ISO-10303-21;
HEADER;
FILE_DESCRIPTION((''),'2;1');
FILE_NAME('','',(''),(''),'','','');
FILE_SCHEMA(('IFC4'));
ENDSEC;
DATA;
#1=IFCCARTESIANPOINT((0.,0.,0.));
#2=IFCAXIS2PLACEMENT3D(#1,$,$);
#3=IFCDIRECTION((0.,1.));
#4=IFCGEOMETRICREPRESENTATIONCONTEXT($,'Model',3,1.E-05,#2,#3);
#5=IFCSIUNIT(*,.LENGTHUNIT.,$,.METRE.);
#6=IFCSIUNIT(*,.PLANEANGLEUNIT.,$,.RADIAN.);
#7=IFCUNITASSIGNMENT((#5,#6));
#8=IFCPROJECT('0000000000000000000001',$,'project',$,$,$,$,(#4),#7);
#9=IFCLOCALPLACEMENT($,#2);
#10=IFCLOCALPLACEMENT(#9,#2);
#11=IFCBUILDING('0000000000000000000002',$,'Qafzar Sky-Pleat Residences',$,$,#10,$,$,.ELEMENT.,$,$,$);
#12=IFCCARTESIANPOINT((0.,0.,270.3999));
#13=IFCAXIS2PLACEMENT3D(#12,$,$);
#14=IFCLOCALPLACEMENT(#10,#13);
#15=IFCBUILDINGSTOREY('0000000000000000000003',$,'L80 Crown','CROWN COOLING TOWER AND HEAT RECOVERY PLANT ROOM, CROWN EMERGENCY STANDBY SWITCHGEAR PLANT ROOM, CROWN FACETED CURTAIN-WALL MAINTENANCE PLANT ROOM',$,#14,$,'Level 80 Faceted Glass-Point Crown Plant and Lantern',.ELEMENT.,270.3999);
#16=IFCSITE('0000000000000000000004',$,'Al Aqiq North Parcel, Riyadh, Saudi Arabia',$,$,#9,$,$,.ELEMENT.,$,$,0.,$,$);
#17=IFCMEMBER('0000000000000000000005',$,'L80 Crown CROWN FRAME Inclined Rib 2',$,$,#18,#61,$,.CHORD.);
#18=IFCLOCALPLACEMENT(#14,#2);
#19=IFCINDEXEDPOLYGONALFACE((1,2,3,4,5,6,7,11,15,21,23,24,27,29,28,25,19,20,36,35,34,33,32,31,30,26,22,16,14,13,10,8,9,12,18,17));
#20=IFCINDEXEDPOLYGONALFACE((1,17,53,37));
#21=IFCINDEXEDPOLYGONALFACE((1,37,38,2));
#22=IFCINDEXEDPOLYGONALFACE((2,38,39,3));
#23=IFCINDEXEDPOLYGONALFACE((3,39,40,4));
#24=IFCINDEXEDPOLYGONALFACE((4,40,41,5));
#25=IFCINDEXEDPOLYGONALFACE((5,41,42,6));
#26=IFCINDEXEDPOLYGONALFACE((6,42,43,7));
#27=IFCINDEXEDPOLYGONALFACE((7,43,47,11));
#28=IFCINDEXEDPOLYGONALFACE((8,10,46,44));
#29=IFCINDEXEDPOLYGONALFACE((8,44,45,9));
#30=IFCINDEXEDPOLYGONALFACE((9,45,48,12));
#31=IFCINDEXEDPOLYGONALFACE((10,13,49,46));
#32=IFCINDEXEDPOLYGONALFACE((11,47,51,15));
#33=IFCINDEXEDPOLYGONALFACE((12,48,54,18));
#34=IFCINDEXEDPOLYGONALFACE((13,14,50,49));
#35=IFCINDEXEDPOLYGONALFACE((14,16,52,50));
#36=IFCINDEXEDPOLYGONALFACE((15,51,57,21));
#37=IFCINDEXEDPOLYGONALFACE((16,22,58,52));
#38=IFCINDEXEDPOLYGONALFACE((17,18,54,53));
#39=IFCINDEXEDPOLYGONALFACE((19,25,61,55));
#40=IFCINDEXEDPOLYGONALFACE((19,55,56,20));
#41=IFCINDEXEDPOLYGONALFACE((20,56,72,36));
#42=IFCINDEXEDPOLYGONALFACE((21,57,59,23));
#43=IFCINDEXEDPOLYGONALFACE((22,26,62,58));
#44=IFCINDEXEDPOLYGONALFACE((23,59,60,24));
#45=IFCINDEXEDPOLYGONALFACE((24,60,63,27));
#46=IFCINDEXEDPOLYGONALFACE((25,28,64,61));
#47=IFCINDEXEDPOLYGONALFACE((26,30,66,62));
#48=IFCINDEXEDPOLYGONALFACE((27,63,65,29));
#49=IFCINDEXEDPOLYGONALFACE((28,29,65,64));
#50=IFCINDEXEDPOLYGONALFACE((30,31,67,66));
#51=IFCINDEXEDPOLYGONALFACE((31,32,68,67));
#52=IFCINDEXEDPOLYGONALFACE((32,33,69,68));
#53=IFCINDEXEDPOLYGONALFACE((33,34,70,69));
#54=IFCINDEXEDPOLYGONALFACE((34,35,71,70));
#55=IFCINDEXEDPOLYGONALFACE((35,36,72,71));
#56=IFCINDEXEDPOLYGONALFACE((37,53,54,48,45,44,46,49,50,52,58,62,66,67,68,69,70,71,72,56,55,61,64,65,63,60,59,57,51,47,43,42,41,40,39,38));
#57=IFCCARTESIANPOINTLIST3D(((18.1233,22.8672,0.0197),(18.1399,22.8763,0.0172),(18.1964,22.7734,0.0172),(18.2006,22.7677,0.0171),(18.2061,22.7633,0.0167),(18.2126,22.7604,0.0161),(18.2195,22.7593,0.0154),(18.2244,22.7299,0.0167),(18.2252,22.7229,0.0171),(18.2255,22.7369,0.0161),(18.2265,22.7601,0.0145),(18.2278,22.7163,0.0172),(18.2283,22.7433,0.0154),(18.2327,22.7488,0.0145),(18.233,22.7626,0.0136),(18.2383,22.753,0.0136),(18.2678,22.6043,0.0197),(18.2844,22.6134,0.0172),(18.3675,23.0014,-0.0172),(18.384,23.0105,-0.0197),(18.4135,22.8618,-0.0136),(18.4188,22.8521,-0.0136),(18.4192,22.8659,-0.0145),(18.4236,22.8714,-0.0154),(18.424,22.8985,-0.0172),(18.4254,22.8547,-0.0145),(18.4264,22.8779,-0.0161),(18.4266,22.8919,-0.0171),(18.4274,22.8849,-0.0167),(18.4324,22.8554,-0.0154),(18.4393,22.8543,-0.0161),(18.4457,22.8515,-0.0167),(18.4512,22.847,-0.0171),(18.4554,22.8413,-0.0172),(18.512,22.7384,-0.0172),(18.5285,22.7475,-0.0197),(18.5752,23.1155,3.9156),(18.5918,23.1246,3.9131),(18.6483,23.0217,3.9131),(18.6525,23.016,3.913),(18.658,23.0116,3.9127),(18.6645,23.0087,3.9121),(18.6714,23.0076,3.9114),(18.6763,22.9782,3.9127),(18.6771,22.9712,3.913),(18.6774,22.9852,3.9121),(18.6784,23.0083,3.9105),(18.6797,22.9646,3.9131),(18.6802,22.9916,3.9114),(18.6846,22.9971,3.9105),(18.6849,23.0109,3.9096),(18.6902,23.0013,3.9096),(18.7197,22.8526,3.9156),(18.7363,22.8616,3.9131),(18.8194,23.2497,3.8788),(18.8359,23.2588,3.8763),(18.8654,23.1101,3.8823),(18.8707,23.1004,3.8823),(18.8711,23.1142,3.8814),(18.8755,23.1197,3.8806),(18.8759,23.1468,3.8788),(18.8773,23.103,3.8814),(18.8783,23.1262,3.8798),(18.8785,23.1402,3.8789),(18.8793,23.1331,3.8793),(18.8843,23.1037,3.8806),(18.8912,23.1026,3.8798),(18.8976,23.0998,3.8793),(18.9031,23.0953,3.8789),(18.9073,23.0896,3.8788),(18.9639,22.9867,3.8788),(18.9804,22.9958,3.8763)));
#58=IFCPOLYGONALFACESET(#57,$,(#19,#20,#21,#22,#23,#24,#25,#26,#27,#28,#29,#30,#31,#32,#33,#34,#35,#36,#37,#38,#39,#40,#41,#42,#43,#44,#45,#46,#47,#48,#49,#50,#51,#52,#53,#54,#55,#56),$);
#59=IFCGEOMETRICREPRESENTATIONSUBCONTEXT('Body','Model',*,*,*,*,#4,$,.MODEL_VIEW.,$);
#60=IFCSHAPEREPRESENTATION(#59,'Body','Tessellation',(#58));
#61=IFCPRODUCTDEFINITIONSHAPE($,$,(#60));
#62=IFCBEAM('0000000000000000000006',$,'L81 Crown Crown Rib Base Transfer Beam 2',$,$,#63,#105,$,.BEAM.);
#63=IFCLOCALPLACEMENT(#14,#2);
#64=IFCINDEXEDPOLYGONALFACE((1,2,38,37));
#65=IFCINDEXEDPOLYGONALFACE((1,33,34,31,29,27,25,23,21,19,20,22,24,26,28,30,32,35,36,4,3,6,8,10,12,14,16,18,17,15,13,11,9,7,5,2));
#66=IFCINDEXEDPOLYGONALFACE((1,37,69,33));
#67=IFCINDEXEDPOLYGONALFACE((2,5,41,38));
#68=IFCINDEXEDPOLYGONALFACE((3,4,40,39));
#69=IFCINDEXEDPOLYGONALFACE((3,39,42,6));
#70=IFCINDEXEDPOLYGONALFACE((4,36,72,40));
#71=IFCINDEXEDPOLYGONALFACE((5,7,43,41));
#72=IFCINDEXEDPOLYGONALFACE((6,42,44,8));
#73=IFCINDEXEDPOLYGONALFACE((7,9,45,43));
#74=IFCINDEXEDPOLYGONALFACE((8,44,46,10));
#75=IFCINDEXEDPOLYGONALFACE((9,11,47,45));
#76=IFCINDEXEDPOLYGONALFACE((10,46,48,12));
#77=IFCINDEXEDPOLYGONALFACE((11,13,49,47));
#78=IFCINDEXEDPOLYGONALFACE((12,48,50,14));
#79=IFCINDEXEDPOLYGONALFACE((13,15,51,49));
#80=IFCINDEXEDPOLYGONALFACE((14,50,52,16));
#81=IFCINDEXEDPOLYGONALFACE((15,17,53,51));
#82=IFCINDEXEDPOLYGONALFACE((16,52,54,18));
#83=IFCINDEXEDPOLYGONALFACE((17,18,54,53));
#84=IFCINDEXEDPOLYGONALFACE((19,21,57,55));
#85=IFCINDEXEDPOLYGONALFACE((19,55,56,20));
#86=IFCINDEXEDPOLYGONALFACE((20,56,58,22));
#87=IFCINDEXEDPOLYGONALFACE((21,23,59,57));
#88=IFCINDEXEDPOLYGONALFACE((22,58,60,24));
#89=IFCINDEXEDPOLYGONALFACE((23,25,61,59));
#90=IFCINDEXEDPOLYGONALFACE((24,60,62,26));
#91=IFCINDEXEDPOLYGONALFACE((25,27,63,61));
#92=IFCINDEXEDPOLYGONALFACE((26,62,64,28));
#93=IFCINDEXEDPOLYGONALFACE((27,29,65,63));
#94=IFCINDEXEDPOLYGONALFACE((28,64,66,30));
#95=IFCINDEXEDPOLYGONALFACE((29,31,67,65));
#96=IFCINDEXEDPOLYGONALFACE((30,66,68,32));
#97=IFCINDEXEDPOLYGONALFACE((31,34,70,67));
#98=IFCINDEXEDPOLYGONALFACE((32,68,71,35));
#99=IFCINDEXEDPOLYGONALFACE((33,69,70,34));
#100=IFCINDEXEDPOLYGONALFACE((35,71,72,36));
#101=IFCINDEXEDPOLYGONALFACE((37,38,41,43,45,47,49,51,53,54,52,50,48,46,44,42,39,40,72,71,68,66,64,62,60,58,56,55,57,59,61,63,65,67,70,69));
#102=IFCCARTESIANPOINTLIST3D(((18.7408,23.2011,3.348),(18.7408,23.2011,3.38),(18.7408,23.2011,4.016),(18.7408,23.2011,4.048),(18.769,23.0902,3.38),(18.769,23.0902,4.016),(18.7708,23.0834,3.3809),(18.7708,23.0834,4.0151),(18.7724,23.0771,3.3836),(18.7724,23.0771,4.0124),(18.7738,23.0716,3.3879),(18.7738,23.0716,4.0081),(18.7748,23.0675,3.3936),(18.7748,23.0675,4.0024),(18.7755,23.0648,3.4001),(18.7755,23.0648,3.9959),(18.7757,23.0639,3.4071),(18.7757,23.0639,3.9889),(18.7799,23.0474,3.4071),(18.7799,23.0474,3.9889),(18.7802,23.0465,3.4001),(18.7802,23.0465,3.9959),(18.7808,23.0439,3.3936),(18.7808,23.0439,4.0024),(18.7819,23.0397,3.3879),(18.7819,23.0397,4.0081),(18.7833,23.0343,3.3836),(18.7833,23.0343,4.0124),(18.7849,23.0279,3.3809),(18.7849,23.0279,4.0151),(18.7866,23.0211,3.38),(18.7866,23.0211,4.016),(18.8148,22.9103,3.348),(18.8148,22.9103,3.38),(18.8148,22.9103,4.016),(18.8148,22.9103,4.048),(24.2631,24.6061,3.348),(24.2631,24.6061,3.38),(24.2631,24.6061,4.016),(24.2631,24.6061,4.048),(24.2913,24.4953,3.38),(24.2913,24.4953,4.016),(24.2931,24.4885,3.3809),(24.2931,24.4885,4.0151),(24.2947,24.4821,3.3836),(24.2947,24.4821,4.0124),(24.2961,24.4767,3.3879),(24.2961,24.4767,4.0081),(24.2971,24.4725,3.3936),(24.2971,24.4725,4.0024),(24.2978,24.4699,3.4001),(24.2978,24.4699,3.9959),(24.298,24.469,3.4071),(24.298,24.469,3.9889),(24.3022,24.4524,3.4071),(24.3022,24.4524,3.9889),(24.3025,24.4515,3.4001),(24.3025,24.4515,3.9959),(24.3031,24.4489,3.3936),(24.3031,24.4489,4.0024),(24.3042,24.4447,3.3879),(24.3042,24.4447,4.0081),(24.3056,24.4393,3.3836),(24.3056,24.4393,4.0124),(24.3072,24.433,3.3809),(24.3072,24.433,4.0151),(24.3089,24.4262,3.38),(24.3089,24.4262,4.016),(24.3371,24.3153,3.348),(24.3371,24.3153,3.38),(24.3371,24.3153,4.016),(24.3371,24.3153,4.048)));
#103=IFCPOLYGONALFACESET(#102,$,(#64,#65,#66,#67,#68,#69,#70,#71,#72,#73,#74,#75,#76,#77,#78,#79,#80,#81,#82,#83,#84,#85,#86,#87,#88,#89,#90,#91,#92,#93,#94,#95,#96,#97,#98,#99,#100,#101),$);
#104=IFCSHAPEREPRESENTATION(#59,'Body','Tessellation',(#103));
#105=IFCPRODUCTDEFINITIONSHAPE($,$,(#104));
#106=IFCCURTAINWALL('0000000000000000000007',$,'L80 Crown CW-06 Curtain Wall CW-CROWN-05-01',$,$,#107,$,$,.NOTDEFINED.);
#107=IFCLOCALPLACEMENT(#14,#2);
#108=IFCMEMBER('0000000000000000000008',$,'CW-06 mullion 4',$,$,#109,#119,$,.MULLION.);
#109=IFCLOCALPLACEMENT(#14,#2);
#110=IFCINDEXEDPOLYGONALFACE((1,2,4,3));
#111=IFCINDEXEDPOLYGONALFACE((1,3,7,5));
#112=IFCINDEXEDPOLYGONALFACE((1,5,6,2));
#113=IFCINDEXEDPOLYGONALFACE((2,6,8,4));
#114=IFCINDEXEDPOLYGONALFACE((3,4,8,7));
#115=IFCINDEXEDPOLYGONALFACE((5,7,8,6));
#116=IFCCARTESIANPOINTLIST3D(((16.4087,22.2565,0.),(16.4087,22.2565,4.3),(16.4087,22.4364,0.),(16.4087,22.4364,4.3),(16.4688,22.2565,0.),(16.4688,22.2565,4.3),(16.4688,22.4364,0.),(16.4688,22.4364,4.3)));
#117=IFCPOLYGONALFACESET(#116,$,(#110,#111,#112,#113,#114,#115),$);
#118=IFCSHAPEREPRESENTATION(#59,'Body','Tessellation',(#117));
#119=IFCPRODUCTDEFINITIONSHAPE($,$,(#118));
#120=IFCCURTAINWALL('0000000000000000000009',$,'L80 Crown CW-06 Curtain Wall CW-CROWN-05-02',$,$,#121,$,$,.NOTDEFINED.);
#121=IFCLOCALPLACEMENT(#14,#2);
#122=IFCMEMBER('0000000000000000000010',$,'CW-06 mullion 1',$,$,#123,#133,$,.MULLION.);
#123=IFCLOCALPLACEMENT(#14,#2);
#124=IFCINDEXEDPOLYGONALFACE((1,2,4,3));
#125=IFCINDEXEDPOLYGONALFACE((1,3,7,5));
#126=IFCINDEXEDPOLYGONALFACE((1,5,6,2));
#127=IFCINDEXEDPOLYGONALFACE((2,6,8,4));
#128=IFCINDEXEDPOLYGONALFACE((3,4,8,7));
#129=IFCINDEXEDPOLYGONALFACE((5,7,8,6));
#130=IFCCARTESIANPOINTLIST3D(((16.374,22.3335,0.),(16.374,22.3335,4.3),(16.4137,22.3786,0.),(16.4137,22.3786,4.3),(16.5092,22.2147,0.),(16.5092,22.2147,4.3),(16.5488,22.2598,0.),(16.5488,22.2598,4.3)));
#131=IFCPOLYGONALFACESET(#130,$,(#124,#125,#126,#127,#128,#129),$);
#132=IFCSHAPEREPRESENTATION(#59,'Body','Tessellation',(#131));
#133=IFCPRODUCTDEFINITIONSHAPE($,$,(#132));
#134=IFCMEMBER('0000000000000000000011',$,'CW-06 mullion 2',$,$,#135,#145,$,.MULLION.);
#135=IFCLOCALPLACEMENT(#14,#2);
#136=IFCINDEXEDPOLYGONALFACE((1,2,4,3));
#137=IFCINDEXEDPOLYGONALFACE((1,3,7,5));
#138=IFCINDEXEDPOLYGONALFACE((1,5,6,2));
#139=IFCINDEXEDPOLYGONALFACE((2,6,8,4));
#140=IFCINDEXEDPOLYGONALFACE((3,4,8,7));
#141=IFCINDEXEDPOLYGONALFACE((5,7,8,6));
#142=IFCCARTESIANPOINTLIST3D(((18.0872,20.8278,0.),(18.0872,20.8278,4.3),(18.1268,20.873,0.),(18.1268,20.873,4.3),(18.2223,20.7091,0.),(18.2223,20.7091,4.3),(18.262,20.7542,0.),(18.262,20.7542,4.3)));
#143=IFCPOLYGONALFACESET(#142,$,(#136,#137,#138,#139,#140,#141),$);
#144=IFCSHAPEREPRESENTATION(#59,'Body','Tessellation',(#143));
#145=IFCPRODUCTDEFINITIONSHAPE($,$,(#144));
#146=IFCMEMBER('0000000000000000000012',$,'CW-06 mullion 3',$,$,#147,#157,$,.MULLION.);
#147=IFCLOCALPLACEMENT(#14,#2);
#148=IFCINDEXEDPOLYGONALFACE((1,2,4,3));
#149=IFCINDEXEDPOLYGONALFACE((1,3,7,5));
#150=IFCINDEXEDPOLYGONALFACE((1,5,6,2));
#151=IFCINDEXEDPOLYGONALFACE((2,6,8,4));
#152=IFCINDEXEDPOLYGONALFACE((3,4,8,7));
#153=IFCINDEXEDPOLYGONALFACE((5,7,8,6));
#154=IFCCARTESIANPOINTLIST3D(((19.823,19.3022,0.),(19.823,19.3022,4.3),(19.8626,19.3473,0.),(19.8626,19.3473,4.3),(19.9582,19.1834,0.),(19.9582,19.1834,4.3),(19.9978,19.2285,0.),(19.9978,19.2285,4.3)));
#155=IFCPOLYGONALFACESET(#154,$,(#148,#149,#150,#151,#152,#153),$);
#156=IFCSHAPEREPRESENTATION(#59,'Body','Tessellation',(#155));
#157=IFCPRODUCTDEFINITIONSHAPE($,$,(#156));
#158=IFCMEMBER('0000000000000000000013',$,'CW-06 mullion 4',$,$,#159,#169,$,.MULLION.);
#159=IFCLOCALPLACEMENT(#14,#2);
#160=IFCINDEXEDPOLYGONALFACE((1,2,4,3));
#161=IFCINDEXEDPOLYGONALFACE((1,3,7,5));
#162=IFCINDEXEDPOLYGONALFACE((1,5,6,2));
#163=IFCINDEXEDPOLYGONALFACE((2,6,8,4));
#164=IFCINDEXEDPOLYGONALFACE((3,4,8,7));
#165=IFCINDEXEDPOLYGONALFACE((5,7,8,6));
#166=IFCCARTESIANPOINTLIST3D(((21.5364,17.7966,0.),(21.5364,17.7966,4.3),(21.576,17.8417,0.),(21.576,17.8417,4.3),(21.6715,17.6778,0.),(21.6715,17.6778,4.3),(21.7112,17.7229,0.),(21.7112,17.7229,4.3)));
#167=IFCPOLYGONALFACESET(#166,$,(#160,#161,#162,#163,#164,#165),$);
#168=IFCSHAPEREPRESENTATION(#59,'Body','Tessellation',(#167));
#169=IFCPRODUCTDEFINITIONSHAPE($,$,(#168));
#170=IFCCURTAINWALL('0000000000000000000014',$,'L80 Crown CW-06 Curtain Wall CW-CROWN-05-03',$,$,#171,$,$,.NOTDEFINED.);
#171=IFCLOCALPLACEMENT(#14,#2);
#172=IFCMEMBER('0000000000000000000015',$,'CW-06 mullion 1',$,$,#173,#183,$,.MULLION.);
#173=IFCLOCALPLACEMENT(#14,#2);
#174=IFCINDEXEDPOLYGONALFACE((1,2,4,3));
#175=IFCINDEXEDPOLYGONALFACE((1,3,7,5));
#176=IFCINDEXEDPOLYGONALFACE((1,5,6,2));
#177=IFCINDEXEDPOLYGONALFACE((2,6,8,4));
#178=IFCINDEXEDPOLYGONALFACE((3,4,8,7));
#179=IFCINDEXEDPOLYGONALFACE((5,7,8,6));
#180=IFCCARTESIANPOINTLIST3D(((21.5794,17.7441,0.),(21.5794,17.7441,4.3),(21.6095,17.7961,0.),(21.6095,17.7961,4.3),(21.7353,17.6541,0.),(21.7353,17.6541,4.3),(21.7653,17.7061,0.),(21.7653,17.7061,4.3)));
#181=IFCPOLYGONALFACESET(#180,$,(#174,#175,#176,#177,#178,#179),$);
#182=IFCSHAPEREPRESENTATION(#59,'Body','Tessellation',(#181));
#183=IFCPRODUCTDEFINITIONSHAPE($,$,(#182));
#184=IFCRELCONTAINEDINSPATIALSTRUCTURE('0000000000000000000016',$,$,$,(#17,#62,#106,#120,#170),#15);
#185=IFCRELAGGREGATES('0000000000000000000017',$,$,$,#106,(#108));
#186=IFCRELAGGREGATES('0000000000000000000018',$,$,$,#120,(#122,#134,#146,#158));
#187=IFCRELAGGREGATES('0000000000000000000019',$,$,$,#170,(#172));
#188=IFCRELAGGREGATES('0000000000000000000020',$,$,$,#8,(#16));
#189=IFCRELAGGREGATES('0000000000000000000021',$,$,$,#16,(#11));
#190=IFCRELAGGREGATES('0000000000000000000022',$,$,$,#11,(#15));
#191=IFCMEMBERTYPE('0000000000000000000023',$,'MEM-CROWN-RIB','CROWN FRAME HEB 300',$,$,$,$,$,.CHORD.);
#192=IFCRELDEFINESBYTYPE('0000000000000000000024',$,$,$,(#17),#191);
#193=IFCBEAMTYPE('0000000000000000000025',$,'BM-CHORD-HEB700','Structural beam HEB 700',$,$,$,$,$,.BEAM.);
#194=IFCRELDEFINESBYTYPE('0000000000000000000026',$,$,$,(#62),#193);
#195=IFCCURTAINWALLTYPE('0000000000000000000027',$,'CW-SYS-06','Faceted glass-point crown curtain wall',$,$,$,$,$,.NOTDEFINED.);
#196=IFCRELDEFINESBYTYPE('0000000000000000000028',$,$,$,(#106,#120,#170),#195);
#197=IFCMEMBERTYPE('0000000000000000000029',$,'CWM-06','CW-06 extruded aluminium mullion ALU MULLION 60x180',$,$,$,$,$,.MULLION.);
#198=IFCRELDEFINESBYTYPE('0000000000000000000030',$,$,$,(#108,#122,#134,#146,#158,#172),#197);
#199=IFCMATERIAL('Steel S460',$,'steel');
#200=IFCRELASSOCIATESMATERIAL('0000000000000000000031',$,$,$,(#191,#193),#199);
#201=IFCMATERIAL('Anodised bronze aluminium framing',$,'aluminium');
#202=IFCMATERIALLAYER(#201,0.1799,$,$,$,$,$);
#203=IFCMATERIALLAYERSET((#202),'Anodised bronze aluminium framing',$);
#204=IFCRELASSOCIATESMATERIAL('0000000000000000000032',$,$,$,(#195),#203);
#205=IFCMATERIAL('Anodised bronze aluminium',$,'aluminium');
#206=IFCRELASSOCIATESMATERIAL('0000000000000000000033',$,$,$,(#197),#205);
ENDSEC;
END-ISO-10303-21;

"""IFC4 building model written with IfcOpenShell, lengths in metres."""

from ifc_helpers import new_model, si_unit, direction, frame, origin, origin_2d, place, context, subcontext, project, spatial, rectangle, i_section, extrude, source, transform, mapped, material, layer, layer_set, material_profile, profile_set, type_object, element, aggregate, save


model = new_model("IFC4")

# Units and contexts
model_context = context("Model", 3, precision=1e-05, world=origin(), true_north=direction((0.0, 1.0)))
body_context = subcontext(model_context, "Body", "Model", "MODEL_VIEW")
ifc_project = project(units=[si_unit("LENGTHUNIT", "METRE"), si_unit("PLANEANGLEUNIT", "RADIAN")], contexts=[model_context])

# Site, building, storey
site_placement = place(None, origin())
site = spatial("IfcSite", under=ifc_project, at=site_placement, Name="Al Aqiq North Parcel, Riyadh, Saudi Arabia", CompositionType="ELEMENT", RefElevation=0.0)
building_placement = place(site_placement, origin())
building = spatial("IfcBuilding", under=site, at=building_placement, Name="Qafzar Sky-Pleat Residences", CompositionType="ELEMENT")
storey_placement = place(building_placement, frame((0.0, 0.0, 270.3999)))
storey = spatial("IfcBuildingStorey", under=building, at=storey_placement, Name="L80 Crown", Description="CROWN COOLING TOWER AND HEAT RECOVERY PLANT ROOM, CROWN EMERGENCY STANDBY SWITCHGEAR PLANT ROOM, CROWN FACETED CURTAIN-WALL MAINTENANCE PLANT ROOM", LongName="Level 80 Faceted Glass-Point Crown Plant and Lantern", CompositionType="ELEMENT", Elevation=270.3999)

# Member
ifc_material_1 = material(Name="Steel S460", Category="steel")
ifc_material_profile_1 = material_profile(ifc_material_1, i_section(OverallWidth=0.3, OverallDepth=0.3, WebThickness=0.011, FlangeThickness=0.019, FilletRadius=0.0271, at=origin_2d()), Name="HEB 300")
ifc_profile_set_1 = profile_set([ifc_material_profile_1], Name="Steel S460")
member_type_1 = type_object("IfcMemberType", Name="MEM-CROWN-RIB", Description="CROWN FRAME HEB 300", PredefinedType="CHORD", material=ifc_profile_set_1)
shared_shape_1 = source(origin(), body_context, "Body", "SweptSolid", [
    extrude(i_section(OverallWidth=0.3, OverallDepth=0.3, WebThickness=0.011, FlangeThickness=0.019, FilletRadius=0.0271, at=origin_2d()), origin(), (0.0, 0.0, 1.0), 3.9299),
])
member_1_placement = place(storey_placement, frame((18.3259, 22.8074, 0.0), z_axis=(0.114989, 0.063179, 0.991356), x_axis=(-0.481537, 0.876426, 0.0)))
element("IfcMember", 1, at=member_1_placement, inside=storey, type_object=member_type_1, Name="L80 Crown CROWN FRAME Inclined Rib 2", PredefinedType="CHORD", context=body_context, shape_type="MappedRepresentation", body=[
    mapped(shared_shape_1, transform((0.0, 0.0, 0.0), x_axis=(1.0, 0.0, 0.0), y_axis=(0.0, 1.0, 0.0), z_axis=(0.0, 0.0, 1.0), scale=1.0)),
])

# Beam
ifc_material_profile_2 = material_profile(ifc_material_1, i_section(OverallWidth=0.3, OverallDepth=0.7, WebThickness=0.0171, FlangeThickness=0.032, FilletRadius=0.0271, at=origin_2d()), Name="HEB 700")
ifc_profile_set_2 = profile_set([ifc_material_profile_2], Name="Steel S460")
beam_type = type_object("IfcBeamType", Name="BM-CHORD-HEB700", Description="Structural beam HEB 700", PredefinedType="BEAM", material=ifc_profile_set_2)
shared_shape_2 = source(origin(), body_context, "Body", "SweptSolid", [
    extrude(i_section(OverallWidth=0.3, OverallDepth=0.7, WebThickness=0.0171, FlangeThickness=0.032, FilletRadius=0.0271, at=origin_2d()), origin(), (0.0, 0.0, 1.0), 5.6982),
])
beam_placement = place(storey_placement, frame((18.7778, 23.0557, 3.698), z_axis=(0.969123, 0.246576, 0.0), x_axis=(-0.246576, 0.969123, 0.0)))
element("IfcBeam", 2, at=beam_placement, inside=storey, type_object=beam_type, Name="L81 Crown Crown Rib Base Transfer Beam 2", PredefinedType="BEAM", context=body_context, shape_type="MappedRepresentation", body=[
    mapped(shared_shape_2, transform((0.0, 0.0, 0.0), x_axis=(1.0, 0.0, 0.0), y_axis=(0.0, 1.0, 0.0), z_axis=(0.0, 0.0, 1.0), scale=1.0)),
])

# Curtain wall, member
ifc_material_2 = material(Name="Anodised bronze aluminium framing", Category="aluminium")
ifc_layer_1 = layer(ifc_material_2, 0.1799)
ifc_layer_set_1 = layer_set([ifc_layer_1], Name="Anodised bronze aluminium framing")
curtain_wall_type = type_object("IfcCurtainWallType", Name="CW-SYS-06", Description="Faceted glass-point crown curtain wall", PredefinedType="NOTDEFINED", material=ifc_layer_set_1)
curtain_wall_1_placement = place(storey_placement, origin())
curtain_wall_1 = element("IfcCurtainWall", 3, at=curtain_wall_1_placement, inside=storey, type_object=curtain_wall_type, Name="L80 Crown CW-06 Curtain Wall CW-CROWN-05-01", PredefinedType="NOTDEFINED")
ifc_material_3 = material(Name="Anodised bronze aluminium", Category="aluminium")
ifc_material_profile_3 = material_profile(ifc_material_3, rectangle(XDim=0.0601, YDim=0.1799, at=origin_2d()), Name="ALU MULLION 60x180")
ifc_profile_set_3 = profile_set([ifc_material_profile_3], Name="Anodised bronze aluminium")
member_type_2 = type_object("IfcMemberType", Name="CWM-06", Description="CW-06 extruded aluminium mullion ALU MULLION 60x180", PredefinedType="MULLION", material=ifc_profile_set_3)
shared_shape_3 = source(origin(), body_context, "Body", "SweptSolid", [
    extrude(rectangle(XDim=0.0601, YDim=0.1799, at=origin_2d()), origin(), (0.0, 0.0, 1.0), 4.3),
])
member_2_placement = place(storey_placement, frame((16.4387, 22.3464, 0.0), z_axis=(0.0, 0.0, 1.0), x_axis=(1.0, 0.0, 0.0)))
member_2 = element("IfcMember", 4, at=member_2_placement, type_object=member_type_2, Name="CW-06 mullion 4", PredefinedType="MULLION", context=body_context, shape_type="MappedRepresentation", body=[
    mapped(shared_shape_3, transform((0.0, 0.0, 0.0), x_axis=(1.0, 0.0, 0.0), y_axis=(0.0, 1.0, 0.0), z_axis=(0.0, 0.0, 1.0), scale=1.0)),
])

# Curtain wall, members
curtain_wall_2_placement = place(storey_placement, origin())
curtain_wall_2 = element("IfcCurtainWall", 5, at=curtain_wall_2_placement, inside=storey, type_object=curtain_wall_type, Name="L80 Crown CW-06 Curtain Wall CW-CROWN-05-02", PredefinedType="NOTDEFINED")
member_3_placement = place(storey_placement, frame((16.4614, 22.2966, 0.0), z_axis=(0.0, 0.0, 1.0), x_axis=(0.660132, 0.75115, 0.0)))
member_3 = element("IfcMember", 6, at=member_3_placement, type_object=member_type_2, Name="CW-06 mullion 1", PredefinedType="MULLION", context=body_context, shape_type="MappedRepresentation", body=[
    mapped(shared_shape_3, transform((0.0, 0.0, 0.0), x_axis=(1.0, 0.0, 0.0), y_axis=(0.0, 1.0, 0.0), z_axis=(0.0, 0.0, 1.0), scale=1.0)),
])
member_4_placement = place(storey_placement, frame((18.1746, 20.791, 0.0), z_axis=(0.0, 0.0, 1.0), x_axis=(0.660132, 0.75115, 0.0)))
member_4 = element("IfcMember", 7, at=member_4_placement, type_object=member_type_2, Name="CW-06 mullion 2", PredefinedType="MULLION", context=body_context, shape_type="MappedRepresentation", body=[
    mapped(shared_shape_3, transform((0.0, 0.0, 0.0), x_axis=(1.0, 0.0, 0.0), y_axis=(0.0, 1.0, 0.0), z_axis=(0.0, 0.0, 1.0), scale=1.0)),
])
member_5_placement = place(storey_placement, frame((19.9104, 19.2654, 0.0), z_axis=(0.0, 0.0, 1.0), x_axis=(0.660132, 0.75115, 0.0)))
member_5 = element("IfcMember", 8, at=member_5_placement, type_object=member_type_2, Name="CW-06 mullion 3", PredefinedType="MULLION", context=body_context, shape_type="MappedRepresentation", body=[
    mapped(shared_shape_3, transform((0.0, 0.0, 0.0), x_axis=(1.0, 0.0, 0.0), y_axis=(0.0, 1.0, 0.0), z_axis=(0.0, 0.0, 1.0), scale=1.0)),
])
member_6_placement = place(storey_placement, frame((21.6238, 17.7598, 0.0), z_axis=(0.0, 0.0, 1.0), x_axis=(0.660132, 0.75115, 0.0)))
member_6 = element("IfcMember", 9, at=member_6_placement, type_object=member_type_2, Name="CW-06 mullion 4", PredefinedType="MULLION", context=body_context, shape_type="MappedRepresentation", body=[
    mapped(shared_shape_3, transform((0.0, 0.0, 0.0), x_axis=(1.0, 0.0, 0.0), y_axis=(0.0, 1.0, 0.0), z_axis=(0.0, 0.0, 1.0), scale=1.0)),
])

# Curtain wall, member
curtain_wall_3_placement = place(storey_placement, origin())
curtain_wall_3 = element("IfcCurtainWall", 10, at=curtain_wall_3_placement, inside=storey, type_object=curtain_wall_type, Name="L80 Crown CW-06 Curtain Wall CW-CROWN-05-03", PredefinedType="NOTDEFINED")
member_7_placement = place(storey_placement, frame((21.6724, 17.7251, 0.0), z_axis=(0.0, 0.0, 1.0), x_axis=(0.500003, 0.866024, 0.0)))
member_7 = element("IfcMember", 11, at=member_7_placement, type_object=member_type_2, Name="CW-06 mullion 1", PredefinedType="MULLION", context=body_context, shape_type="MappedRepresentation", body=[
    mapped(shared_shape_3, transform((0.0, 0.0, 0.0), x_axis=(1.0, 0.0, 0.0), y_axis=(0.0, 1.0, 0.0), z_axis=(0.0, 0.0, 1.0), scale=1.0)),
])

aggregate(curtain_wall_1, [member_2])
aggregate(curtain_wall_2, [member_3, member_4, member_5, member_6])
aggregate(curtain_wall_3, [member_7])

save(model, "model.ifc")
